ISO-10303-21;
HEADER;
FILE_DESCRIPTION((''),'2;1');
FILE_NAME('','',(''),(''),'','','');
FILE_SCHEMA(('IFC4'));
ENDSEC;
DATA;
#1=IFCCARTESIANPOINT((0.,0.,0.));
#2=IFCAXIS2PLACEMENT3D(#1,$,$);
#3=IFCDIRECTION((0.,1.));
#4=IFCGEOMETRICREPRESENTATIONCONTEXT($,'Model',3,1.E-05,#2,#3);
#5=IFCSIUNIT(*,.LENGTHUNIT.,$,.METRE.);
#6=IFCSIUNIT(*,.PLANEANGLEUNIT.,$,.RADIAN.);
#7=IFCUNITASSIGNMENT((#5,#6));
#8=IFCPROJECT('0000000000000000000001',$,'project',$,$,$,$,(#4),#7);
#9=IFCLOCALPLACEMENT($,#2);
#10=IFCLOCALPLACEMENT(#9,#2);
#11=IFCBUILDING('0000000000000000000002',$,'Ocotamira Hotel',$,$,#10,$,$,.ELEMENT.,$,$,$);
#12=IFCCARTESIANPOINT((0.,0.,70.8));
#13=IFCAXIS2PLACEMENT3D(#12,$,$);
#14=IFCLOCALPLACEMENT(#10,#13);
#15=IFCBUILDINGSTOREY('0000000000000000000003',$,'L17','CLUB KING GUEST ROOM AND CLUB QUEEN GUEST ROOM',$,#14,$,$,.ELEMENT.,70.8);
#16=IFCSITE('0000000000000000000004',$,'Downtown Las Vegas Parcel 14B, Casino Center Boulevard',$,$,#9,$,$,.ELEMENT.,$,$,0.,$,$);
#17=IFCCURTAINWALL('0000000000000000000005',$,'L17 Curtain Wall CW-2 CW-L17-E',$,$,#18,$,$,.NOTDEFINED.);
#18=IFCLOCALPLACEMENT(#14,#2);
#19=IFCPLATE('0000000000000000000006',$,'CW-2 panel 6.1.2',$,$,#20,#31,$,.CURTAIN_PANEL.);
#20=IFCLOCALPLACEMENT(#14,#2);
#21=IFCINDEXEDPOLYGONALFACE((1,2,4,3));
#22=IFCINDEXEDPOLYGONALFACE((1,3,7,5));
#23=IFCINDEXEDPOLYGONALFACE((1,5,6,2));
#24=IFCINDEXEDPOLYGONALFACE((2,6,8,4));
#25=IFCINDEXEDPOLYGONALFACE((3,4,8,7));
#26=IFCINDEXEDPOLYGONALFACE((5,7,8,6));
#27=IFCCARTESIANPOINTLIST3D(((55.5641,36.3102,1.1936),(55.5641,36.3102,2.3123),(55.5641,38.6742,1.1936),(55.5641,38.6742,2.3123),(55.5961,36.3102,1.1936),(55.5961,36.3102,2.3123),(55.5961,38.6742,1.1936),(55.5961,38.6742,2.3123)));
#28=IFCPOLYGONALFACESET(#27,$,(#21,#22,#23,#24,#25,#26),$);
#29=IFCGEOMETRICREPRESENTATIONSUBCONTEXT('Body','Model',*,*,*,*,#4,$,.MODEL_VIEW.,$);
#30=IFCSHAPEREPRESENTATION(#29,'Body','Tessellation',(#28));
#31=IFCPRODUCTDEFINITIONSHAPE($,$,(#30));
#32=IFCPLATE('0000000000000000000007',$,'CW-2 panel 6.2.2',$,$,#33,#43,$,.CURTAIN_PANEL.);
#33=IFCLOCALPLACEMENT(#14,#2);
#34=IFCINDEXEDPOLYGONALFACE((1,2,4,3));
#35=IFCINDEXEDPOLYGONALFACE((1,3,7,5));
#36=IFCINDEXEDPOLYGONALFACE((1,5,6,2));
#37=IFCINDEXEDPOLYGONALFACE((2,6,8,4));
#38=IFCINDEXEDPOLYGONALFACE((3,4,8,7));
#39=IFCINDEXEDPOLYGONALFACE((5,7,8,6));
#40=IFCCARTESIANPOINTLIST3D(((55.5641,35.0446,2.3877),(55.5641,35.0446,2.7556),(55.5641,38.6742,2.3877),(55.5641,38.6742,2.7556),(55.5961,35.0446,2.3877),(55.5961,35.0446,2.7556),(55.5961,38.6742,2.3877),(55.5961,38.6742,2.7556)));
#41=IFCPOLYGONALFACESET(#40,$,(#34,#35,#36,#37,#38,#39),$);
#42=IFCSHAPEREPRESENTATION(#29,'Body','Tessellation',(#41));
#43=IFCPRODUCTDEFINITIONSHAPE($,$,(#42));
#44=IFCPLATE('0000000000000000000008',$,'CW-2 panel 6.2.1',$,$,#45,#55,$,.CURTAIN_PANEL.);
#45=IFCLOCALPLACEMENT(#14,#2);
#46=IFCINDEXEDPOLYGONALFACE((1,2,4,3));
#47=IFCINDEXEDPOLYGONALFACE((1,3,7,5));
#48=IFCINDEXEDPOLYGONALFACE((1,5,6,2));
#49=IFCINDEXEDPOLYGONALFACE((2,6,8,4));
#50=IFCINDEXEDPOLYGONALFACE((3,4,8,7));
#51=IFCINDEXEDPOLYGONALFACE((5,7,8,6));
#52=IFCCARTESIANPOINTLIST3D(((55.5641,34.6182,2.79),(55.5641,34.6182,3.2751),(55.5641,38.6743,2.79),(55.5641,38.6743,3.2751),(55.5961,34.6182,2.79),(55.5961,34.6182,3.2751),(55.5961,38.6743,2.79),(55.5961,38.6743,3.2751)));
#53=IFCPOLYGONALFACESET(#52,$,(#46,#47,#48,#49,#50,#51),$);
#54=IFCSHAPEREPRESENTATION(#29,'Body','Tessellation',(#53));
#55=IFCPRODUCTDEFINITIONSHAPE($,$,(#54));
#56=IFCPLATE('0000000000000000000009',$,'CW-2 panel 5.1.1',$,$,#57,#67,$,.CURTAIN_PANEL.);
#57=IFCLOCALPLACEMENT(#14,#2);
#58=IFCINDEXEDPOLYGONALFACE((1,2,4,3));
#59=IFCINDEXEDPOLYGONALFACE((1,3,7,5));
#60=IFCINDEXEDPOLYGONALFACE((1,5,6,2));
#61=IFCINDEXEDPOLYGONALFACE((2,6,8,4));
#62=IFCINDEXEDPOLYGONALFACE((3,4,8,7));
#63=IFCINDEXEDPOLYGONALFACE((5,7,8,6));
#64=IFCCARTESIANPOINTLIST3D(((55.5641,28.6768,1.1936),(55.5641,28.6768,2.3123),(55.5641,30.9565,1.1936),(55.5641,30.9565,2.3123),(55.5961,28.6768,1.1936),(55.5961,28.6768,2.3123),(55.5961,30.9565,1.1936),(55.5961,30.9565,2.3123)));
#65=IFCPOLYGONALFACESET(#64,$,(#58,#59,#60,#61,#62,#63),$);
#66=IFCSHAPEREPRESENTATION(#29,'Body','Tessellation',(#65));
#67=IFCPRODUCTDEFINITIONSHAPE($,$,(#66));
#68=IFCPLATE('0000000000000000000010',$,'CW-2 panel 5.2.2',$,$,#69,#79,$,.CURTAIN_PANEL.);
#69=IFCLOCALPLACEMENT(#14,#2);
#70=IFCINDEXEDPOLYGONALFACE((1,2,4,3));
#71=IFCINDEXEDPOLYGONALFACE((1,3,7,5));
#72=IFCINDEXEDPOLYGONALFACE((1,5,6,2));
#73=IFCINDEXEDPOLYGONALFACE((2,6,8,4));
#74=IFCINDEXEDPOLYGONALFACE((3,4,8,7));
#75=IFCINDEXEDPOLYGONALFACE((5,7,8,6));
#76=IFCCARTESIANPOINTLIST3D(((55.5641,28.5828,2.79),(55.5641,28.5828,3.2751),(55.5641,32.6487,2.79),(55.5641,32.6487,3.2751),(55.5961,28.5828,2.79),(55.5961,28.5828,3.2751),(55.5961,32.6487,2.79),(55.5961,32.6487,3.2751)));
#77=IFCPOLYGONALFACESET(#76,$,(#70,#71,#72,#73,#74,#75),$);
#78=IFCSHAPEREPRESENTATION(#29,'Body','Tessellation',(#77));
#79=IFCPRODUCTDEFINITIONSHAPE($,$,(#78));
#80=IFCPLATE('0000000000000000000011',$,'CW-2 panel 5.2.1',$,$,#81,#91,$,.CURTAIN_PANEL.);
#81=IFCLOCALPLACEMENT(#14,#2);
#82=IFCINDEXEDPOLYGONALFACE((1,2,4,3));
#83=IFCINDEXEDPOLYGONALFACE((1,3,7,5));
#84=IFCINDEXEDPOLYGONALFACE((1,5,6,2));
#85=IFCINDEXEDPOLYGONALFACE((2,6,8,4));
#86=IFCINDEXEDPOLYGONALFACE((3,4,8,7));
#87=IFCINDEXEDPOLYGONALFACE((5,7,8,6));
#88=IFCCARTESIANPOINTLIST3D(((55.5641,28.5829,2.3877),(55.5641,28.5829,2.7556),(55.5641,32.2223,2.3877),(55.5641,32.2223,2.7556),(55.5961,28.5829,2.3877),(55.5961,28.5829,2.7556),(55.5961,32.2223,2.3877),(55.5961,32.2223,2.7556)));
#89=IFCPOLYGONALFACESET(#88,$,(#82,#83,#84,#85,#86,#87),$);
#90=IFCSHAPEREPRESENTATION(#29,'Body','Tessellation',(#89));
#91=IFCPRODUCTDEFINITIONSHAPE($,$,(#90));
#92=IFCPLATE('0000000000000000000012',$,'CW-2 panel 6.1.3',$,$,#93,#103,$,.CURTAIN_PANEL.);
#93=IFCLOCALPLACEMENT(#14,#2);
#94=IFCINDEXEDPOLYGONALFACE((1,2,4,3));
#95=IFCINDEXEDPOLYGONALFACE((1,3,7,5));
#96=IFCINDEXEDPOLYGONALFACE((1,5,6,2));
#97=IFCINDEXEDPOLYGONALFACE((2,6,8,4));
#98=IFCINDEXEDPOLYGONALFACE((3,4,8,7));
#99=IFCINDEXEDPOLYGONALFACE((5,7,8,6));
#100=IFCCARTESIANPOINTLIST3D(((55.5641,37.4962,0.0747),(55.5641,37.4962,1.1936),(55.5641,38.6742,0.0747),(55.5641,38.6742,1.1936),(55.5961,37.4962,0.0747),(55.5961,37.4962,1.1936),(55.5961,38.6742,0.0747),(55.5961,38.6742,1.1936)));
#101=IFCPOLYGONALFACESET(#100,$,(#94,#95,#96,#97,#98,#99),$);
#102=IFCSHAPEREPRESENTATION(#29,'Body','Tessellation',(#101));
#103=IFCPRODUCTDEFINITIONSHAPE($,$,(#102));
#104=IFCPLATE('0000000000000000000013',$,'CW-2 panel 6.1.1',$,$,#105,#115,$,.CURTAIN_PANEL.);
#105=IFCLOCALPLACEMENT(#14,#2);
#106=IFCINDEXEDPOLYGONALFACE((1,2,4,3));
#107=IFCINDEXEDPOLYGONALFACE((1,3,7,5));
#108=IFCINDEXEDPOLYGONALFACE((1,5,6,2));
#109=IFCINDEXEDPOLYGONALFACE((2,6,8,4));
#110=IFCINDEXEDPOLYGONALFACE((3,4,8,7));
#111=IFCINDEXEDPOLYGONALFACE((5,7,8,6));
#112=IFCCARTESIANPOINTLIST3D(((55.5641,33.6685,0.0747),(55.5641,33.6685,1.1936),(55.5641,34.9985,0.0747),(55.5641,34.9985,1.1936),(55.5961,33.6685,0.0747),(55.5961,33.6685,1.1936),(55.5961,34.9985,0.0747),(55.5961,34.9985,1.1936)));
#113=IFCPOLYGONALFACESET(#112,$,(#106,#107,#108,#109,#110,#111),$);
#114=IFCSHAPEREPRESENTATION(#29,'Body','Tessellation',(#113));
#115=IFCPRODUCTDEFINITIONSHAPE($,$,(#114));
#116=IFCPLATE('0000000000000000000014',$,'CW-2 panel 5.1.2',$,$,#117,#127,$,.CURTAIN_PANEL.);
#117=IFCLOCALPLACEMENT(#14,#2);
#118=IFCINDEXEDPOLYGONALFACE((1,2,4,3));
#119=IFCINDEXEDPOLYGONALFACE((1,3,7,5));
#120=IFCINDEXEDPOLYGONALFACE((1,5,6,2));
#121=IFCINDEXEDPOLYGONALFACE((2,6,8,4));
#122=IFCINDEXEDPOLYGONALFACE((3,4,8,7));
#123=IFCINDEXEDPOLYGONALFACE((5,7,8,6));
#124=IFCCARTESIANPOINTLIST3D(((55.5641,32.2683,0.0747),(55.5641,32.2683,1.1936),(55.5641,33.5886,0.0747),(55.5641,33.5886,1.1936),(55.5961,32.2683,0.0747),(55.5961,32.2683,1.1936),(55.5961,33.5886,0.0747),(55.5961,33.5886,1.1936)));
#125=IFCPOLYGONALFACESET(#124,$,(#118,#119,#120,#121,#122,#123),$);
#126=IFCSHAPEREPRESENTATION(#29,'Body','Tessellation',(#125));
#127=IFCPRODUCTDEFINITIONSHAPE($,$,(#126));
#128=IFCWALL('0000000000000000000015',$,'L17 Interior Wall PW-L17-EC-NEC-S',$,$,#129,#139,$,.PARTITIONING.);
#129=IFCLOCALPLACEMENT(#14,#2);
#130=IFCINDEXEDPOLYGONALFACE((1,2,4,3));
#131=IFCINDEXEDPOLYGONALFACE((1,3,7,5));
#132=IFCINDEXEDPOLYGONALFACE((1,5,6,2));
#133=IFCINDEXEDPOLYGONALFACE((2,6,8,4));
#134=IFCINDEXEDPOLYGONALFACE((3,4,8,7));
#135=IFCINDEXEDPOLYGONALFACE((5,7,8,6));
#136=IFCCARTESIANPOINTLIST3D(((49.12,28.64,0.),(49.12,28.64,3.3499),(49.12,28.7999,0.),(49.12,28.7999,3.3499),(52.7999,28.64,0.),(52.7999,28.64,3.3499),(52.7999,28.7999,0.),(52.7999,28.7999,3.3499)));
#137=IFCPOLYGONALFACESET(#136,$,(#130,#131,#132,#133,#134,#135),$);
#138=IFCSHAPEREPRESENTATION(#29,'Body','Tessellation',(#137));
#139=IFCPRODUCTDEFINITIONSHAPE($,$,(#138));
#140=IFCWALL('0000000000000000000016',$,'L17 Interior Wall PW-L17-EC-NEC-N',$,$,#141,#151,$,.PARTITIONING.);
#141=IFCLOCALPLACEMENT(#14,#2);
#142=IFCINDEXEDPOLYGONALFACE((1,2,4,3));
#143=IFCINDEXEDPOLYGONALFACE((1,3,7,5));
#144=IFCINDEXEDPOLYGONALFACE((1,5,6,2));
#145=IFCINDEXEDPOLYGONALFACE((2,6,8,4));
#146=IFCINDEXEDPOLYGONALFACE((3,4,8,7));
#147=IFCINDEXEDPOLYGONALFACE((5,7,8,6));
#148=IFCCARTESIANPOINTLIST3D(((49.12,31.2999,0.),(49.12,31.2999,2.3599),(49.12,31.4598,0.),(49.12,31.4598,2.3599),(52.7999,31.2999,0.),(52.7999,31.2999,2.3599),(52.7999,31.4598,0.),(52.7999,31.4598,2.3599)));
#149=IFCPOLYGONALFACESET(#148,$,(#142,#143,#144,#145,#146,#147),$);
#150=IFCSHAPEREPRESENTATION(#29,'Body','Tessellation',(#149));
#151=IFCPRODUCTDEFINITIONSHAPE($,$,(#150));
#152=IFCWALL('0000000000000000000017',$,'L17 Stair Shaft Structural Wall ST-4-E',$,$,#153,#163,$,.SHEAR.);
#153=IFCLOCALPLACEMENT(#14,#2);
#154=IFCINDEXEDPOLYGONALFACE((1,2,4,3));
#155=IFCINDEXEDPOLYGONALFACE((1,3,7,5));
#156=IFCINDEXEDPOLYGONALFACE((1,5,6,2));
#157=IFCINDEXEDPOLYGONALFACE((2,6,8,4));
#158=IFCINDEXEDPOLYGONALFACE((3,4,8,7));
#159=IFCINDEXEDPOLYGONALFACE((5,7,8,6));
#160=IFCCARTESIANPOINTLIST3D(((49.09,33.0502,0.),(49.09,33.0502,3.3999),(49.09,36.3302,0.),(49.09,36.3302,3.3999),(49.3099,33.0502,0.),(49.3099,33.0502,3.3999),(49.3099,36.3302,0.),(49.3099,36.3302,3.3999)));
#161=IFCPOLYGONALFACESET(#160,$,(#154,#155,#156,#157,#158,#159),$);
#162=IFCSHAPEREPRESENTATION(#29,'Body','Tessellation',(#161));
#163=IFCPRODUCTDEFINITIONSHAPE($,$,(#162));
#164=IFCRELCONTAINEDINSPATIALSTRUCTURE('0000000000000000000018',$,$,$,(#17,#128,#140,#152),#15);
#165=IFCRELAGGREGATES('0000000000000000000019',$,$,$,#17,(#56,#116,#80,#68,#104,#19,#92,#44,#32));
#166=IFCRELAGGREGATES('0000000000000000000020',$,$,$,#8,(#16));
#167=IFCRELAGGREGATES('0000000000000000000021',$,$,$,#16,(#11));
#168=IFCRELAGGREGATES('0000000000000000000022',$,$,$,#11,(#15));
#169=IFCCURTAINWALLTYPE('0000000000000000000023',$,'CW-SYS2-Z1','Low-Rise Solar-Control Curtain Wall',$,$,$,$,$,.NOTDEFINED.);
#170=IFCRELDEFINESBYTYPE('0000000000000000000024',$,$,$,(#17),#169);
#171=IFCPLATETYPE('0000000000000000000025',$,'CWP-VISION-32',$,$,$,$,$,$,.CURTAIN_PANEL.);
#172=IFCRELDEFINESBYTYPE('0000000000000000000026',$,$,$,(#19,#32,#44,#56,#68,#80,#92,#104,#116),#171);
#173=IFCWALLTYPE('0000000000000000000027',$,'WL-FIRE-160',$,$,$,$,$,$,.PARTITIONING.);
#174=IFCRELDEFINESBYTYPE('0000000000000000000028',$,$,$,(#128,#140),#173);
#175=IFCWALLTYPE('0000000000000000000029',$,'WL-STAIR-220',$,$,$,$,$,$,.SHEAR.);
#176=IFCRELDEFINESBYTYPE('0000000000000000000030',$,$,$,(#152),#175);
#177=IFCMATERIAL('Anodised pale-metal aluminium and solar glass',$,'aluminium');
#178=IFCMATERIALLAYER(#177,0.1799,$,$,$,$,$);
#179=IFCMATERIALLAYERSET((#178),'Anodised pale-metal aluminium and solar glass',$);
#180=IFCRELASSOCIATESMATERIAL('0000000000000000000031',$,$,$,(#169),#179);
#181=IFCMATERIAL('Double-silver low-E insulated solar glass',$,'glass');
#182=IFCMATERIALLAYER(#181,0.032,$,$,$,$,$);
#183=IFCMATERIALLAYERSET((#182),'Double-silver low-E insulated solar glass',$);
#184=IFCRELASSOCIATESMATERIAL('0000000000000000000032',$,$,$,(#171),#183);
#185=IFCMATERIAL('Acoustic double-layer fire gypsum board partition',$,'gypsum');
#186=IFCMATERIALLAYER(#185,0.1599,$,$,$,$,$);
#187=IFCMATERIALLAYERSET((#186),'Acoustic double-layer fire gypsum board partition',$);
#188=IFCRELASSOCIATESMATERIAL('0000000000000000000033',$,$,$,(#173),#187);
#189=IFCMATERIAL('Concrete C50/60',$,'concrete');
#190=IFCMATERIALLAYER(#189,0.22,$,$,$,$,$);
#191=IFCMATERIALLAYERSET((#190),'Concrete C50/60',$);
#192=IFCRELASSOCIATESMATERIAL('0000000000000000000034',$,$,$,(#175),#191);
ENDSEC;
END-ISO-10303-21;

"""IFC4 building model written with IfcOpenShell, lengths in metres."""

from ifc_helpers import new_model, si_unit, direction, frame, frame_2d, origin, origin_2d, place, context, subcontext, project, spatial, rectangle, extrude, source, transform, mapped, material, layer, layer_set, type_object, element, aggregate, save


model = new_model("IFC4")

# Units and contexts
model_context = context("Model", 3, precision=1e-05, world=origin(), true_north=direction((0.0, 1.0)))
body_context = subcontext(model_context, "Body", "Model", "MODEL_VIEW")
ifc_project = project(units=[si_unit("LENGTHUNIT", "METRE"), si_unit("PLANEANGLEUNIT", "RADIAN")], contexts=[model_context])

# Site, building, storey
site_placement = place(None, origin())
site = spatial("IfcSite", under=ifc_project, at=site_placement, Name="Downtown Las Vegas Parcel 14B, Casino Center Boulevard", CompositionType="ELEMENT", RefElevation=0.0)
building_placement = place(site_placement, origin())
building = spatial("IfcBuilding", under=site, at=building_placement, Name="Ocotamira Hotel", CompositionType="ELEMENT")
storey_placement = place(building_placement, frame((0.0, 0.0, 70.8)))
storey = spatial("IfcBuildingStorey", under=building, at=storey_placement, Name="L17", Description="CLUB KING GUEST ROOM AND CLUB QUEEN GUEST ROOM", CompositionType="ELEMENT", Elevation=70.8)

# Curtain wall
ifc_material_1 = material(Name="Anodised pale-metal aluminium and solar glass", Category="aluminium")
ifc_layer_1 = layer(ifc_material_1, 0.1799)
ifc_layer_set_1 = layer_set([ifc_layer_1], Name="Anodised pale-metal aluminium and solar glass")
curtain_wall_type = type_object("IfcCurtainWallType", Name="CW-SYS2-Z1", Description="Low-Rise Solar-Control Curtain Wall", PredefinedType="NOTDEFINED", material=ifc_layer_set_1)
curtain_wall_placement = place(storey_placement, origin())
curtain_wall = element("IfcCurtainWall", 1, at=curtain_wall_placement, inside=storey, type_object=curtain_wall_type, Name="L17 Curtain Wall CW-2 CW-L17-E", PredefinedType="NOTDEFINED")

# Plates
ifc_material_2 = material(Name="Double-silver low-E insulated solar glass", Category="glass")
ifc_layer_2 = layer(ifc_material_2, 0.032)
ifc_layer_set_2 = layer_set([ifc_layer_2], Name="Double-silver low-E insulated solar glass")
plate_type_1 = type_object("IfcPlateType", Name="CWP-VISION-32", PredefinedType="CURTAIN_PANEL", material=ifc_layer_set_2)
shared_shape_1 = source(origin(), body_context, "Body", "SweptSolid", [
    extrude(rectangle(XDim=2.364, YDim=0.032, at=origin_2d()), origin(), (0.0, 0.0, 1.0), 1.1187),
])
plate_1_placement = place(storey_placement, frame((55.5801, 37.4922, 1.1936), z_axis=(0.0, 0.0, 1.0), x_axis=(0.0, 1.0, 0.0)))
plate_1 = element("IfcPlate", 2, at=plate_1_placement, type_object=plate_type_1, Name="CW-2 panel 6.1.2", PredefinedType="CURTAIN_PANEL", context=body_context, shape_type="MappedRepresentation", body=[
    mapped(shared_shape_1, transform((0.0, 0.0, 0.0), scale=1.0)),
])
shared_shape_2 = source(origin(), body_context, "Body", "SweptSolid", [
    extrude(rectangle(XDim=3.6296, YDim=0.032, at=origin_2d()), origin(), (0.0, 0.0, 1.0), 0.3679),
])
plate_2_placement = place(storey_placement, frame((55.5801, 36.8594, 2.3877), z_axis=(0.0, 0.0, 1.0), x_axis=(0.0, 1.0, 0.0)))
plate_2 = element("IfcPlate", 3, at=plate_2_placement, type_object=plate_type_1, Name="CW-2 panel 6.2.2", PredefinedType="CURTAIN_PANEL", context=body_context, shape_type="MappedRepresentation", body=[
    mapped(shared_shape_2, transform((0.0, 0.0, 0.0), scale=1.0)),
])
shared_shape_3 = source(origin(), body_context, "Body", "SweptSolid", [
    extrude(rectangle(XDim=4.0562, YDim=0.032, at=origin_2d()), origin(), (0.0, 0.0, 1.0), 0.4851),
])
plate_3_placement = place(storey_placement, frame((55.5801, 36.6462, 2.79), z_axis=(0.0, 0.0, 1.0), x_axis=(0.0, 1.0, 0.0)))
plate_3 = element("IfcPlate", 4, at=plate_3_placement, type_object=plate_type_1, Name="CW-2 panel 6.2.1", PredefinedType="CURTAIN_PANEL", context=body_context, shape_type="MappedRepresentation", body=[
    mapped(shared_shape_3, transform((0.0, 0.0, 0.0), scale=1.0)),
])
shared_shape_4 = source(origin(), body_context, "Body", "SweptSolid", [
    extrude(rectangle(XDim=2.2798, YDim=0.032, at=origin_2d()), origin(), (0.0, 0.0, 1.0), 1.1187),
])
plate_4_placement = place(storey_placement, frame((55.5801, 29.8167, 1.1936), z_axis=(0.0, 0.0, 1.0), x_axis=(0.0, 1.0, 0.0)))
plate_4 = element("IfcPlate", 5, at=plate_4_placement, type_object=plate_type_1, Name="CW-2 panel 5.1.1", PredefinedType="CURTAIN_PANEL", context=body_context, shape_type="MappedRepresentation", body=[
    mapped(shared_shape_4, transform((0.0, 0.0, 0.0), scale=1.0)),
])
shared_shape_5 = source(origin(), body_context, "Body", "SweptSolid", [
    extrude(rectangle(XDim=4.0659, YDim=0.032, at=origin_2d()), origin(), (0.0, 0.0, 1.0), 0.4851),
])
plate_5_placement = place(storey_placement, frame((55.5801, 30.6157, 2.79), z_axis=(0.0, 0.0, 1.0), x_axis=(0.0, 1.0, 0.0)))
plate_5 = element("IfcPlate", 6, at=plate_5_placement, type_object=plate_type_1, Name="CW-2 panel 5.2.2", PredefinedType="CURTAIN_PANEL", context=body_context, shape_type="MappedRepresentation", body=[
    mapped(shared_shape_5, transform((0.0, 0.0, 0.0), scale=1.0)),
])
shared_shape_6 = source(origin(), body_context, "Body", "SweptSolid", [
    extrude(rectangle(XDim=3.6394, YDim=0.032, at=origin_2d()), origin(), (0.0, 0.0, 1.0), 0.3679),
])
plate_6_placement = place(storey_placement, frame((55.5801, 30.4026, 2.3877), z_axis=(0.0, 0.0, 1.0), x_axis=(0.0, 1.0, 0.0)))
plate_6 = element("IfcPlate", 7, at=plate_6_placement, type_object=plate_type_1, Name="CW-2 panel 5.2.1", PredefinedType="CURTAIN_PANEL", context=body_context, shape_type="MappedRepresentation", body=[
    mapped(shared_shape_6, transform((0.0, 0.0, 0.0), scale=1.0)),
])
shared_shape_7 = source(origin(), body_context, "Body", "SweptSolid", [
    extrude(rectangle(XDim=1.178, YDim=0.032, at=origin_2d()), origin(), (0.0, 0.0, 1.0), 1.1189),
])
plate_7_placement = place(storey_placement, frame((55.5801, 38.0852, 0.0747), z_axis=(0.0, 0.0, 1.0), x_axis=(0.0, 1.0, 0.0)))
plate_7 = element("IfcPlate", 8, at=plate_7_placement, type_object=plate_type_1, Name="CW-2 panel 6.1.3", PredefinedType="CURTAIN_PANEL", context=body_context, shape_type="MappedRepresentation", body=[
    mapped(shared_shape_7, transform((0.0, 0.0, 0.0), scale=1.0)),
])
shared_shape_8 = source(origin(), body_context, "Body", "SweptSolid", [
    extrude(rectangle(XDim=1.3301, YDim=0.032, at=origin_2d()), origin(), (0.0, 0.0, 1.0), 1.1189),
])
plate_8_placement = place(storey_placement, frame((55.5801, 34.3335, 0.0747), z_axis=(0.0, 0.0, 1.0), x_axis=(0.0, 1.0, 0.0)))
plate_8 = element("IfcPlate", 9, at=plate_8_placement, type_object=plate_type_1, Name="CW-2 panel 6.1.1", PredefinedType="CURTAIN_PANEL", context=body_context, shape_type="MappedRepresentation", body=[
    mapped(shared_shape_8, transform((0.0, 0.0, 0.0), scale=1.0)),
])
shared_shape_9 = source(origin(), body_context, "Body", "SweptSolid", [
    extrude(rectangle(XDim=1.3203, YDim=0.032, at=origin_2d()), origin(), (0.0, 0.0, 1.0), 1.1189),
])
plate_9_placement = place(storey_placement, frame((55.5801, 32.9285, 0.0747), z_axis=(0.0, 0.0, 1.0), x_axis=(0.0, 1.0, 0.0)))
plate_9 = element("IfcPlate", 10, at=plate_9_placement, type_object=plate_type_1, Name="CW-2 panel 5.1.2", PredefinedType="CURTAIN_PANEL", context=body_context, shape_type="MappedRepresentation", body=[
    mapped(shared_shape_9, transform((0.0, 0.0, 0.0), scale=1.0)),
])
aggregate(curtain_wall, [plate_4, plate_9, plate_6, plate_5, plate_8, plate_1, plate_7, plate_3, plate_2])

# Walls
ifc_material_3 = material(Name="Acoustic double-layer fire gypsum board partition", Category="gypsum")
ifc_layer_3 = layer(ifc_material_3, 0.1599)
ifc_layer_set_3 = layer_set([ifc_layer_3], Name="Acoustic double-layer fire gypsum board partition")
wall_type_1 = type_object("IfcWallType", Name="WL-FIRE-160", PredefinedType="PARTITIONING", material=ifc_layer_set_3)
wall_1_placement = place(storey_placement, frame((49.1201, 28.72, 0.0), z_axis=(0.0, 0.0, 1.0), x_axis=(1.0, 0.0, 0.0)))
element("IfcWall", 11, at=wall_1_placement, inside=storey, type_object=wall_type_1, Name="L17 Interior Wall PW-L17-EC-NEC-S", PredefinedType="PARTITIONING", context=body_context, shape_type="SweptSolid", body=[
    extrude(rectangle(XDim=3.6799, YDim=0.1599, at=frame_2d((1.8398, 0.0))), origin(), (0.0, 0.0, 1.0), 3.3499),
])
wall_2_placement = place(storey_placement, frame((49.1201, 31.3799, 0.0), z_axis=(0.0, 0.0, 1.0), x_axis=(1.0, 0.0, 0.0)))
element("IfcWall", 12, at=wall_2_placement, inside=storey, type_object=wall_type_1, Name="L17 Interior Wall PW-L17-EC-NEC-N", PredefinedType="PARTITIONING", context=body_context, shape_type="SweptSolid", body=[
    extrude(rectangle(XDim=3.6799, YDim=0.1599, at=frame_2d((1.8398, 0.0))), origin(), (0.0, 0.0, 1.0), 2.3599),
])

# Wall
ifc_material_4 = material(Name="Concrete C50/60", Category="concrete")
ifc_layer_4 = layer(ifc_material_4, 0.22)
ifc_layer_set_4 = layer_set([ifc_layer_4], Name="Concrete C50/60")
wall_type_2 = type_object("IfcWallType", Name="WL-STAIR-220", PredefinedType="SHEAR", material=ifc_layer_set_4)
wall_3_placement = place(storey_placement, frame((49.2, 33.05, 0.0), z_axis=(0.0, 0.0, 1.0), x_axis=(0.0, 1.0, 0.0)))
element("IfcWall", 13, at=wall_3_placement, inside=storey, type_object=wall_type_2, Name="L17 Stair Shaft Structural Wall ST-4-E", PredefinedType="SHEAR", context=body_context, shape_type="SweptSolid", body=[
    extrude(rectangle(XDim=3.28, YDim=0.22, at=frame_2d((1.6401, 0.0))), origin(), (0.0, 0.0, 1.0), 3.3999),
])

save(model, "model.ifc")
